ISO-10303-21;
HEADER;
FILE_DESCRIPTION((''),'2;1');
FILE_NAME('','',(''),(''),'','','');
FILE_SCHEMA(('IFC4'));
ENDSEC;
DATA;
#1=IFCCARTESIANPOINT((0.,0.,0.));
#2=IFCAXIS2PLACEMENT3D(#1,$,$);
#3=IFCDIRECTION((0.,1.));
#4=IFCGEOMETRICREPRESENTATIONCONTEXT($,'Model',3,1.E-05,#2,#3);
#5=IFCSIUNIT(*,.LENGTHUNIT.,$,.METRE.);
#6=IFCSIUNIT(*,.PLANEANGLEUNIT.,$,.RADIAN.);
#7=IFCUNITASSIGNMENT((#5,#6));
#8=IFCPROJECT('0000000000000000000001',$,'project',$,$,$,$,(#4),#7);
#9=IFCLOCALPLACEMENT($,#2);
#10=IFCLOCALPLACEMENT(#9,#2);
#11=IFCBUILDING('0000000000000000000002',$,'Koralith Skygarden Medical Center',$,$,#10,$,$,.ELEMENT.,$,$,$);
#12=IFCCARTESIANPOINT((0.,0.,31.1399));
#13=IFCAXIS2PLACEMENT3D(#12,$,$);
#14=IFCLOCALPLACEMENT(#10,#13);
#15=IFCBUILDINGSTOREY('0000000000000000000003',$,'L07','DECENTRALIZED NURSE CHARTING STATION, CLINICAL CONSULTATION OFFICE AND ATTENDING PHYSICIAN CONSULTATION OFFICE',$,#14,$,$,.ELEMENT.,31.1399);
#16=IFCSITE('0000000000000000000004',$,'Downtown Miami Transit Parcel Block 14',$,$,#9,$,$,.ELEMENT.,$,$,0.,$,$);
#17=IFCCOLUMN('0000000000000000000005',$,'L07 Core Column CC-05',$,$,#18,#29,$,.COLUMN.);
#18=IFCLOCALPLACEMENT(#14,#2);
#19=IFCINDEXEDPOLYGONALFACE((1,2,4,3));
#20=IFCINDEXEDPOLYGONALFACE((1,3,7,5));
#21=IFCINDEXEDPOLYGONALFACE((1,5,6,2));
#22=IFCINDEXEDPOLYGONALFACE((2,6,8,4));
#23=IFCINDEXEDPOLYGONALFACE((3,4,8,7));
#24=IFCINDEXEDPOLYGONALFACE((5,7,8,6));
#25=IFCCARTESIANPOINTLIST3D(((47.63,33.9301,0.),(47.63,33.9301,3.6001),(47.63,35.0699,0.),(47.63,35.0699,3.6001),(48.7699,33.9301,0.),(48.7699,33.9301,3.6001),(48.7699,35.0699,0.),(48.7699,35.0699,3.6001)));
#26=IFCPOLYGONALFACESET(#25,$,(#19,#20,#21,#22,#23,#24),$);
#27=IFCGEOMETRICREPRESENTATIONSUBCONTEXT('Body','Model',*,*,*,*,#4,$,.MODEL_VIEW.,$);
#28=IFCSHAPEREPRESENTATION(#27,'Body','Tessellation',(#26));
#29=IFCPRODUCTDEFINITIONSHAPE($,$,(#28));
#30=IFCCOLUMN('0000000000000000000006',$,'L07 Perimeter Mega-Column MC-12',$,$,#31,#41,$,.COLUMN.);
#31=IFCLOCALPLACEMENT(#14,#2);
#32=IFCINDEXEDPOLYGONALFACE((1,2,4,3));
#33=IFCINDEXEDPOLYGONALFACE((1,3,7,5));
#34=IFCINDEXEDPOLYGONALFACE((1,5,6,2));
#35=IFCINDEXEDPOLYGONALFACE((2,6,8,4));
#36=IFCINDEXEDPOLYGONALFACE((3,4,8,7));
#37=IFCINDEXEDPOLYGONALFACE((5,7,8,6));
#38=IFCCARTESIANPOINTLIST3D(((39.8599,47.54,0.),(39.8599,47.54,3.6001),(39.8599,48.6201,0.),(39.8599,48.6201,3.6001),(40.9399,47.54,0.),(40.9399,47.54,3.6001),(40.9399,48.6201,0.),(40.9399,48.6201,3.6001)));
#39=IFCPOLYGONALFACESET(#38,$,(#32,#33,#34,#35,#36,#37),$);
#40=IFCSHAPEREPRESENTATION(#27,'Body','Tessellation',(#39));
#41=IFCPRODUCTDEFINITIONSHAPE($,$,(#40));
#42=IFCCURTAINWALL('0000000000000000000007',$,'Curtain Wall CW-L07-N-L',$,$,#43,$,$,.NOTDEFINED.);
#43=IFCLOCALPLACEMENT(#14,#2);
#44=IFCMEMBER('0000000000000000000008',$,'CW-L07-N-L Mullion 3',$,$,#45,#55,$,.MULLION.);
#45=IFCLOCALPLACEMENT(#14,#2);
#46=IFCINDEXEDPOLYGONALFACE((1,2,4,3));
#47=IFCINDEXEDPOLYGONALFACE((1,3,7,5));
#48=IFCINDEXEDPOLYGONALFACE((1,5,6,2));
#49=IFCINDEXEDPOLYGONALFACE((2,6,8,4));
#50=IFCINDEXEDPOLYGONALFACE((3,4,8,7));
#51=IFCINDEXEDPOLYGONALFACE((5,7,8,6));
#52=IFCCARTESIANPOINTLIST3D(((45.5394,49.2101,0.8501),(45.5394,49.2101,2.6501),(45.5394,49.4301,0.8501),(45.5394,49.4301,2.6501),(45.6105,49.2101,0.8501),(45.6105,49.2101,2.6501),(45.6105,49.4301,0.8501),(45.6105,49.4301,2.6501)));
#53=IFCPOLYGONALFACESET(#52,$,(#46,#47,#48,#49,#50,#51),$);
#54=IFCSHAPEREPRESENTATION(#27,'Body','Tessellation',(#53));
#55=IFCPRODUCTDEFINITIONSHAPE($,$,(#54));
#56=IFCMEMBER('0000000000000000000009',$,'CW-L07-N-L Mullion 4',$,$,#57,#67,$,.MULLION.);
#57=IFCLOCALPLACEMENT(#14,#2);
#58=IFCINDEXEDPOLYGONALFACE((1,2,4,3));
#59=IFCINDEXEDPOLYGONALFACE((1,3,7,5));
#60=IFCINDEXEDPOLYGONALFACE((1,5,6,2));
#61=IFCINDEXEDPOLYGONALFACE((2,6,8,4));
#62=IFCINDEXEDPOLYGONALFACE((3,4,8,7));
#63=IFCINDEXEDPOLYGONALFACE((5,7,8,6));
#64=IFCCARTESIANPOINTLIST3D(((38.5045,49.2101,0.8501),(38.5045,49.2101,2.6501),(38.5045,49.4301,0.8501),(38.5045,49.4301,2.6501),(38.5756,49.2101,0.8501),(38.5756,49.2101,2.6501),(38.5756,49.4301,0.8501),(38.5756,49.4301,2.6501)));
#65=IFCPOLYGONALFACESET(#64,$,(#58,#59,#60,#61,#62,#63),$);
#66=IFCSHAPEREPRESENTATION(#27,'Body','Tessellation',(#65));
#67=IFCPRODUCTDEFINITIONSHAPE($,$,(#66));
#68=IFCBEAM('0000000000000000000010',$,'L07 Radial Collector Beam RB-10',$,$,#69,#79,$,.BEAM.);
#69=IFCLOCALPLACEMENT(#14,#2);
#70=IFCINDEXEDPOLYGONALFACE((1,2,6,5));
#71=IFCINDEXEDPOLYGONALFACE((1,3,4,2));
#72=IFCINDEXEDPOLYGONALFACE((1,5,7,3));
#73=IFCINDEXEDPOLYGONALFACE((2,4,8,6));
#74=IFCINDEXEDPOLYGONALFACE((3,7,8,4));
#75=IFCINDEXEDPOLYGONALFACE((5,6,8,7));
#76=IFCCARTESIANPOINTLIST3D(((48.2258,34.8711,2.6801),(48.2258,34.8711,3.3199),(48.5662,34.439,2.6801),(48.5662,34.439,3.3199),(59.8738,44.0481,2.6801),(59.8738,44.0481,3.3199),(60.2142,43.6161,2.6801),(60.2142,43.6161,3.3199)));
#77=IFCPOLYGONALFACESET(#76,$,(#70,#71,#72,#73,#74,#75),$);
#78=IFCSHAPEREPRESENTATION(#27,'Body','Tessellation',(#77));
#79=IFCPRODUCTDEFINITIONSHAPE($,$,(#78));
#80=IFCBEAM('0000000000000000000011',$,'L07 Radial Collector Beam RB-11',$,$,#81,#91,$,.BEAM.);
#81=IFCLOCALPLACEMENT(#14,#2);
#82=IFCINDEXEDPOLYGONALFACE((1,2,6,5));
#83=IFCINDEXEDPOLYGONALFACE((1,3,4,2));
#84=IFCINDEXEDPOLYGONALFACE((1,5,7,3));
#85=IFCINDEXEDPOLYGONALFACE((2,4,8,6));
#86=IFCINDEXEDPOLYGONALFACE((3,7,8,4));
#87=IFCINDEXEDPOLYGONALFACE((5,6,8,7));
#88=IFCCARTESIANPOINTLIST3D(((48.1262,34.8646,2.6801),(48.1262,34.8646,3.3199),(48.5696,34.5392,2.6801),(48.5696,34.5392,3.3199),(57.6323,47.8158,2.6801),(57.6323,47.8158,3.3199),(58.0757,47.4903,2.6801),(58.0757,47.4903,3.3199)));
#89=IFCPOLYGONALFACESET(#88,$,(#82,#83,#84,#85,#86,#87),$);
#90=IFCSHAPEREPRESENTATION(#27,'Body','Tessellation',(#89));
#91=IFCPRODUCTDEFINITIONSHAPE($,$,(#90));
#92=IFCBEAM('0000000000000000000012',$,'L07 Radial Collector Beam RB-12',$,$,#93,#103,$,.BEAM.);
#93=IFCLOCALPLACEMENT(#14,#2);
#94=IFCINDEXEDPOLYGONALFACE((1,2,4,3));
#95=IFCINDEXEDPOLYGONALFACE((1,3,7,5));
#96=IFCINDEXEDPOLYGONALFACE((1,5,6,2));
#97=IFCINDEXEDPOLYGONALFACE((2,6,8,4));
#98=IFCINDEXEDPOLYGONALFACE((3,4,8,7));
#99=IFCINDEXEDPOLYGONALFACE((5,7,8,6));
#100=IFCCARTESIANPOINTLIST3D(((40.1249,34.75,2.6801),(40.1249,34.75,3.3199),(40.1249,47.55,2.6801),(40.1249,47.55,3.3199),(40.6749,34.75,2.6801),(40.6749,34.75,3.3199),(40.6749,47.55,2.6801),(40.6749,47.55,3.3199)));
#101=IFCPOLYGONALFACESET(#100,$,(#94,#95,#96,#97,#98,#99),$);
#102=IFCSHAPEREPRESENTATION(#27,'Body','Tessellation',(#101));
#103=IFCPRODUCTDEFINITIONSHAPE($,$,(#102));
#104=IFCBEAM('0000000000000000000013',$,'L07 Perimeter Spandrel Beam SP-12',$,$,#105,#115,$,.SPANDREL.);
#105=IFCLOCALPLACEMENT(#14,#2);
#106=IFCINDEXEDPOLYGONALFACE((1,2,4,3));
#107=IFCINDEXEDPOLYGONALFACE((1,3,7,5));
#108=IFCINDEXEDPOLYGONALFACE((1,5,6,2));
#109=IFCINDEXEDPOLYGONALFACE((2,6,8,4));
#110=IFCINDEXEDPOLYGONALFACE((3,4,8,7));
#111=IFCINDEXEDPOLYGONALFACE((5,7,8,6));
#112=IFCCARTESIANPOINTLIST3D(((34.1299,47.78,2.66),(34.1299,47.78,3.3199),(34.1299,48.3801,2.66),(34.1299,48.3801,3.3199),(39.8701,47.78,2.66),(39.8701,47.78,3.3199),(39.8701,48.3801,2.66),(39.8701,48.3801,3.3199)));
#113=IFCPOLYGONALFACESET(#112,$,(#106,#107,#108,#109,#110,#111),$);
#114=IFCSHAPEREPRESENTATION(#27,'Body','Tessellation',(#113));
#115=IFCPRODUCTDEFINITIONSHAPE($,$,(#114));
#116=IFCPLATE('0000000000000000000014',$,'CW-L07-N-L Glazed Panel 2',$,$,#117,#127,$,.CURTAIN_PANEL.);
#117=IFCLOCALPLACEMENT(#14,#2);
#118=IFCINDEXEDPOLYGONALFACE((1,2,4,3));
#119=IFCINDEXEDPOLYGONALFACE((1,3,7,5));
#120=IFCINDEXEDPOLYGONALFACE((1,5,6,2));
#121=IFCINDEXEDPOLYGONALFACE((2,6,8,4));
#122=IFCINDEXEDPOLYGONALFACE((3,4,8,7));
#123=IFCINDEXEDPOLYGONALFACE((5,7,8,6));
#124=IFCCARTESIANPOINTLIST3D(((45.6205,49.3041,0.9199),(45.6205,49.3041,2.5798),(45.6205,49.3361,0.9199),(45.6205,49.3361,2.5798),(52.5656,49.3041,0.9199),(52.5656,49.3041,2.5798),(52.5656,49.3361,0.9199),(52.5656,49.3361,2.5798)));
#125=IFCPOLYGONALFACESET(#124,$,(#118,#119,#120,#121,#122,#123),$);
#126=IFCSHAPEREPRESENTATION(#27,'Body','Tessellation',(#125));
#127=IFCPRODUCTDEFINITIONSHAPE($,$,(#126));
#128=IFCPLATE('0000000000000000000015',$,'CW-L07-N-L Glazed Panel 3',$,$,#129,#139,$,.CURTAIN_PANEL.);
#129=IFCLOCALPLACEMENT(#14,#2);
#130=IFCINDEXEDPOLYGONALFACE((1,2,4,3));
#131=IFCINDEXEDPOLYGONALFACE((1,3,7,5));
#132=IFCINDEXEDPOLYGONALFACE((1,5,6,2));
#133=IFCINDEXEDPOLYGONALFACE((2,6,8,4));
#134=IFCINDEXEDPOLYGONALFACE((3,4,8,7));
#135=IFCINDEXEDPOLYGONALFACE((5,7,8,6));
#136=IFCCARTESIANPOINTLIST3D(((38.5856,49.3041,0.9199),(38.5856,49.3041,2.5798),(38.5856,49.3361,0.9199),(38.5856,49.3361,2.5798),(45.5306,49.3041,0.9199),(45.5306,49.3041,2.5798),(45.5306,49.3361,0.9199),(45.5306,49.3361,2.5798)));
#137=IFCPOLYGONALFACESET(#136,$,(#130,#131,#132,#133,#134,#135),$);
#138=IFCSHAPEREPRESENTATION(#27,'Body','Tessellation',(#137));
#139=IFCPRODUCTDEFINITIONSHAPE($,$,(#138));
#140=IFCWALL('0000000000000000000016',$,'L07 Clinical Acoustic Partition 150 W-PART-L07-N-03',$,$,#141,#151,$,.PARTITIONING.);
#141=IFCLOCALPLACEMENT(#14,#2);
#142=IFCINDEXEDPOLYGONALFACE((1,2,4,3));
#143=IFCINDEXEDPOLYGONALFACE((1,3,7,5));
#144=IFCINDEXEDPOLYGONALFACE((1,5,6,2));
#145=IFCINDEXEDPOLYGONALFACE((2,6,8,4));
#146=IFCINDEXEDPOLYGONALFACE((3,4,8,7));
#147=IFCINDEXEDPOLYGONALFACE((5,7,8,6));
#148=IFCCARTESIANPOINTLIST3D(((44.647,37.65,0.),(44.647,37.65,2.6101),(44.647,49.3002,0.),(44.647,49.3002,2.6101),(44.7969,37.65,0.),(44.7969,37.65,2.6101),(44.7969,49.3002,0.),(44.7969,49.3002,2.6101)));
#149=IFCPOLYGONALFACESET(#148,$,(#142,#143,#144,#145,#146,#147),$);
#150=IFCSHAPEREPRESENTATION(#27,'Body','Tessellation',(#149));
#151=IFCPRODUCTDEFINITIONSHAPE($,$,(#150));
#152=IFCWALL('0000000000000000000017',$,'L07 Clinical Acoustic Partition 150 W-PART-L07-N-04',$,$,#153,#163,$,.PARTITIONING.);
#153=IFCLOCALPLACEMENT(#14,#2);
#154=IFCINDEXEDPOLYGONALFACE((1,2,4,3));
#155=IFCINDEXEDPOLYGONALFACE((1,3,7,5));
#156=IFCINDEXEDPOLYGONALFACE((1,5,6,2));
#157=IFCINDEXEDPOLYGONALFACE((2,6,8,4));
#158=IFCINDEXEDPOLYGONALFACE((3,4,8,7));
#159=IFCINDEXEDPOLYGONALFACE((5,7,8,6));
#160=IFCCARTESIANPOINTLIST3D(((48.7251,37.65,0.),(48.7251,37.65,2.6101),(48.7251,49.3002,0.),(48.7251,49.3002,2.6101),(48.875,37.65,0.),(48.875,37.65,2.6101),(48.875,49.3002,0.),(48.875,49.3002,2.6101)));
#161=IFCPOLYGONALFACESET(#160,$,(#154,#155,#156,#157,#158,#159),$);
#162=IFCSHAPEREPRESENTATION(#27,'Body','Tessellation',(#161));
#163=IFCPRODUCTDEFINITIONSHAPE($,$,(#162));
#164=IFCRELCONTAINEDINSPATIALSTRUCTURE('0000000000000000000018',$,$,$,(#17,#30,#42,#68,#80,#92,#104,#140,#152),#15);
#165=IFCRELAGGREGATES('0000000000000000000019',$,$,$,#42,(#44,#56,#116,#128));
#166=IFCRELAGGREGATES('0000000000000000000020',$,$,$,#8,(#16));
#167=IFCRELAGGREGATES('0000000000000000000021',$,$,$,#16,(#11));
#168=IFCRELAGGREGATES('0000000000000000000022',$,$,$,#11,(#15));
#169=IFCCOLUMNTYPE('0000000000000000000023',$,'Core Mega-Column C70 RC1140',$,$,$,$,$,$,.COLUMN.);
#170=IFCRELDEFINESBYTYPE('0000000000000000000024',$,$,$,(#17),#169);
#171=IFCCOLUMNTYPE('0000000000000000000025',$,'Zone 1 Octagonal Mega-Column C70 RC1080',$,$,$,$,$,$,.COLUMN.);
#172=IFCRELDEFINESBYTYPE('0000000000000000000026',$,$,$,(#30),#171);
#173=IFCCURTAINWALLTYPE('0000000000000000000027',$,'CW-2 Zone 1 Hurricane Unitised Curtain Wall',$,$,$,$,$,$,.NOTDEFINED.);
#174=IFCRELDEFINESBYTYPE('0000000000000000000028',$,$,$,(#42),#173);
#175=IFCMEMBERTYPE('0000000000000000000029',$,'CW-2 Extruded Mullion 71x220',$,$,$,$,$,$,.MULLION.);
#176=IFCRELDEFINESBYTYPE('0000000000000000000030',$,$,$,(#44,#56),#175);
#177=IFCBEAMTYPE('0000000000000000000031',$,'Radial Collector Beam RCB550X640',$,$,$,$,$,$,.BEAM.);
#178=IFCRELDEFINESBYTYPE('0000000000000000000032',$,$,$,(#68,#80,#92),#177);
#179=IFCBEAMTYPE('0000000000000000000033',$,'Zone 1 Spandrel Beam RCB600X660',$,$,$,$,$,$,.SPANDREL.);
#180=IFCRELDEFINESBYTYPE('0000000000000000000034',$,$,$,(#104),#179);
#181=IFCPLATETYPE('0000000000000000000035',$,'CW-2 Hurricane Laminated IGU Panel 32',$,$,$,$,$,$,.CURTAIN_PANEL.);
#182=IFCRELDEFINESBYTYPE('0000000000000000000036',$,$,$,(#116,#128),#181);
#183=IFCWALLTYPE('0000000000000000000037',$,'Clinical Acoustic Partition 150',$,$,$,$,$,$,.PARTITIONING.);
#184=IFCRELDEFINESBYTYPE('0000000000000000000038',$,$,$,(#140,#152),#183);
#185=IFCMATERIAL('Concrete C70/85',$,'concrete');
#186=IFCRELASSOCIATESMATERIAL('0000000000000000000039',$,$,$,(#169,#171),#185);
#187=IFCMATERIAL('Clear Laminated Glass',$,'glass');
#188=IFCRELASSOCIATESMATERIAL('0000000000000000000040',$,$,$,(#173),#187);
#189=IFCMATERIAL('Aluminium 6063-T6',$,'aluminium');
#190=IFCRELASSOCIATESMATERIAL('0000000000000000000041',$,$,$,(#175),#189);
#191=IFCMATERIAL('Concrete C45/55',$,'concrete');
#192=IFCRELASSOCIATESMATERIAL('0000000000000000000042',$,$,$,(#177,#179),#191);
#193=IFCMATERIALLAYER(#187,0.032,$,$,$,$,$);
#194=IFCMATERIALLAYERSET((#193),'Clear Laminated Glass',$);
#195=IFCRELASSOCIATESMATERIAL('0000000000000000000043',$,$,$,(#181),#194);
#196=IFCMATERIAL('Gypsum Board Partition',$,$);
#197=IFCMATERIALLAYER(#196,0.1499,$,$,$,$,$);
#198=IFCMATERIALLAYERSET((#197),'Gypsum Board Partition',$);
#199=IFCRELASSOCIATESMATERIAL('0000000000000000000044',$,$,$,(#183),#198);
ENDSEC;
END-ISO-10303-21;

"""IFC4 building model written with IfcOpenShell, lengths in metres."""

from ifc_helpers import new_model, si_unit, direction, frame, frame_2d, origin, origin_2d, place, context, subcontext, project, spatial, rectangle, extrude, material, layer, layer_set, material_profile, profile_set, type_object, element, aggregate, save


model = new_model("IFC4")

# Units and contexts
model_context = context("Model", 3, precision=1e-05, world=origin(), true_north=direction((0.0, 1.0)))
body_context = subcontext(model_context, "Body", "Model", "MODEL_VIEW")
ifc_project = project(units=[si_unit("LENGTHUNIT", "METRE"), si_unit("PLANEANGLEUNIT", "RADIAN")], contexts=[model_context])

# Site, building, storey
site_placement = place(None, origin())
site = spatial("IfcSite", under=ifc_project, at=site_placement, Name="Downtown Miami Transit Parcel Block 14", CompositionType="ELEMENT", RefElevation=0.0)
building_placement = place(site_placement, origin())
building = spatial("IfcBuilding", under=site, at=building_placement, Name="Koralith Skygarden Medical Center", CompositionType="ELEMENT")
storey_placement = place(building_placement, frame((0.0, 0.0, 31.1399)))
storey = spatial("IfcBuildingStorey", under=building, at=storey_placement, Name="L07", Description="DECENTRALIZED NURSE CHARTING STATION, CLINICAL CONSULTATION OFFICE AND ATTENDING PHYSICIAN CONSULTATION OFFICE", CompositionType="ELEMENT", Elevation=31.1399)

# Columns
ifc_material_1 = material(Name="Concrete C70/85", Category="concrete")
ifc_material_profile_1 = material_profile(ifc_material_1, rectangle(XDim=1.1399, YDim=1.1399, at=origin_2d()), Name="RC1140X1140")
ifc_profile_set_1 = profile_set([ifc_material_profile_1], Name="Concrete C70/85")
column_type_1 = type_object("IfcColumnType", Name="Core Mega-Column C70 RC1140", PredefinedType="COLUMN", material=ifc_profile_set_1)
column_1_placement = place(storey_placement, frame((48.2, 34.5, 0.0), z_axis=(0.0, 0.0, 1.0), x_axis=(1.0, 0.0, 0.0)))
element("IfcColumn", 1, at=column_1_placement, inside=storey, type_object=column_type_1, Name="L07 Core Column CC-05", PredefinedType="COLUMN", context=body_context, shape_type="SweptSolid", body=[
    extrude(rectangle(XDim=1.1399, YDim=1.1399, at=origin_2d()), origin(), (0.0, 0.0, 1.0), 3.6001),
])
ifc_material_profile_2 = material_profile(ifc_material_1, rectangle(XDim=1.0801, YDim=1.0801, at=origin_2d()), Name="RC1080X1080")
ifc_profile_set_2 = profile_set([ifc_material_profile_2], Name="Concrete C70/85")
column_type_2 = type_object("IfcColumnType", Name="Zone 1 Octagonal Mega-Column C70 RC1080", PredefinedType="COLUMN", material=ifc_profile_set_2)
column_2_placement = place(storey_placement, frame((40.3999, 48.0801, 0.0), z_axis=(0.0, 0.0, 1.0), x_axis=(1.0, 0.0, 0.0)))
element("IfcColumn", 2, at=column_2_placement, inside=storey, type_object=column_type_2, Name="L07 Perimeter Mega-Column MC-12", PredefinedType="COLUMN", context=body_context, shape_type="SweptSolid", body=[
    extrude(rectangle(XDim=1.0801, YDim=1.0801, at=origin_2d()), origin(), (0.0, 0.0, 1.0), 3.6001),
])

# Curtain wall, members
ifc_material_2 = material(Name="Clear Laminated Glass", Category="glass")
curtain_wall_type = type_object("IfcCurtainWallType", Name="CW-2 Zone 1 Hurricane Unitised Curtain Wall", PredefinedType="NOTDEFINED", material=ifc_material_2)
curtain_wall_placement = place(storey_placement, origin())
curtain_wall = element("IfcCurtainWall", 3, at=curtain_wall_placement, inside=storey, type_object=curtain_wall_type, Name="Curtain Wall CW-L07-N-L", PredefinedType="NOTDEFINED")
ifc_material_3 = material(Name="Aluminium 6063-T6", Category="aluminium")
ifc_material_profile_3 = material_profile(ifc_material_3, rectangle(XDim=0.071, YDim=0.22, at=origin_2d()), Name="MUL71X220")
ifc_profile_set_3 = profile_set([ifc_material_profile_3], Name="Aluminium 6063-T6")
member_type = type_object("IfcMemberType", Name="CW-2 Extruded Mullion 71x220", PredefinedType="MULLION", material=ifc_profile_set_3)
member_1_placement = place(storey_placement, frame((45.575, 49.3201, 0.8501), z_axis=(0.0, 0.0, 1.0), x_axis=(1.0, 0.0, 0.0)))
member_1 = element("IfcMember", 4, at=member_1_placement, type_object=member_type, Name="CW-L07-N-L Mullion 3", PredefinedType="MULLION", context=body_context, shape_type="SweptSolid", body=[
    extrude(rectangle(XDim=0.071, YDim=0.22, at=origin_2d()), origin(), (0.0, 0.0, 1.0), 1.8),
])
member_2_placement = place(storey_placement, frame((38.54, 49.3201, 0.8501), z_axis=(0.0, 0.0, 1.0), x_axis=(1.0, 0.0, 0.0)))
member_2 = element("IfcMember", 5, at=member_2_placement, type_object=member_type, Name="CW-L07-N-L Mullion 4", PredefinedType="MULLION", context=body_context, shape_type="SweptSolid", body=[
    extrude(rectangle(XDim=0.071, YDim=0.22, at=origin_2d()), origin(), (0.0, 0.0, 1.0), 1.8),
])

# Beams
ifc_material_4 = material(Name="Concrete C45/55", Category="concrete")
ifc_material_profile_4 = material_profile(ifc_material_4, rectangle(XDim=0.55, YDim=0.6399, at=origin_2d()), Name="RCB550X640")
ifc_profile_set_4 = profile_set([ifc_material_profile_4], Name="Concrete C45/55")
beam_type_1 = type_object("IfcBeamType", Name="Radial Collector Beam RCB550X640", PredefinedType="BEAM", material=ifc_profile_set_4)
beam_1_placement = place(storey_placement, frame((48.396, 34.655, 3.0), z_axis=(0.785497, 0.618865, 0.0), x_axis=(-0.618865, 0.785497, 0.0)))
element("IfcBeam", 6, at=beam_1_placement, inside=storey, type_object=beam_type_1, Name="L07 Radial Collector Beam RB-10", PredefinedType="BEAM", context=body_context, shape_type="SweptSolid", body=[
    extrude(rectangle(XDim=0.55, YDim=0.6399, at=origin_2d()), origin(), (0.0, 0.0, 1.0), 14.8289),
])
beam_2_placement = place(storey_placement, frame((48.3479, 34.7019, 3.0), z_axis=(0.591711, 0.80615, 0.0), x_axis=(-0.80615, 0.591711, 0.0)))
element("IfcBeam", 7, at=beam_2_placement, inside=storey, type_object=beam_type_1, Name="L07 Radial Collector Beam RB-11", PredefinedType="BEAM", context=body_context, shape_type="SweptSolid", body=[
    extrude(rectangle(XDim=0.55, YDim=0.6399, at=origin_2d()), origin(), (0.0, 0.0, 1.0), 16.0654),
])
beam_3_placement = place(storey_placement, frame((40.3999, 34.75, 3.0), z_axis=(0.0, 1.0, 0.0), x_axis=(-1.0, 0.0, 0.0)))
element("IfcBeam", 8, at=beam_3_placement, inside=storey, type_object=beam_type_1, Name="L07 Radial Collector Beam RB-12", PredefinedType="BEAM", context=body_context, shape_type="SweptSolid", body=[
    extrude(rectangle(XDim=0.55, YDim=0.6399, at=origin_2d()), origin(), (0.0, 0.0, 1.0), 12.8),
])
ifc_material_profile_5 = material_profile(ifc_material_4, rectangle(XDim=0.6001, YDim=0.6599, at=origin_2d()), Name="RCB600X660")
ifc_profile_set_5 = profile_set([ifc_material_profile_5], Name="Concrete C45/55")
beam_type_2 = type_object("IfcBeamType", Name="Zone 1 Spandrel Beam RCB600X660", PredefinedType="SPANDREL", material=ifc_profile_set_5)
beam_4_placement = place(storey_placement, frame((39.8701, 48.0801, 2.99), z_axis=(-1.0, 0.0, 0.0), x_axis=(0.0, -1.0, 0.0)))
element("IfcBeam", 9, at=beam_4_placement, inside=storey, type_object=beam_type_2, Name="L07 Perimeter Spandrel Beam SP-12", PredefinedType="SPANDREL", context=body_context, shape_type="SweptSolid", body=[
    extrude(rectangle(XDim=0.6001, YDim=0.6599, at=origin_2d()), origin(), (0.0, 0.0, 1.0), 5.7402),
])

# Plates
ifc_layer_1 = layer(ifc_material_2, 0.032)
ifc_layer_set_1 = layer_set([ifc_layer_1], Name="Clear Laminated Glass")
plate_type = type_object("IfcPlateType", Name="CW-2 Hurricane Laminated IGU Panel 32", PredefinedType="CURTAIN_PANEL", material=ifc_layer_set_1)
plate_1_placement = place(storey_placement, frame((49.093, 49.3201, 0.9199), z_axis=(0.0, 0.0, 1.0), x_axis=(-1.0, 0.0, 0.0)))
plate_1 = element("IfcPlate", 10, at=plate_1_placement, type_object=plate_type, Name="CW-L07-N-L Glazed Panel 2", PredefinedType="CURTAIN_PANEL", context=body_context, shape_type="SweptSolid", body=[
    extrude(rectangle(XDim=6.9451, YDim=0.032, at=origin_2d()), origin(), (0.0, 0.0, 1.0), 1.6599),
])
plate_2_placement = place(storey_placement, frame((42.0581, 49.3201, 0.9199), z_axis=(0.0, 0.0, 1.0), x_axis=(-1.0, 0.0, 0.0)))
plate_2 = element("IfcPlate", 11, at=plate_2_placement, type_object=plate_type, Name="CW-L07-N-L Glazed Panel 3", PredefinedType="CURTAIN_PANEL", context=body_context, shape_type="SweptSolid", body=[
    extrude(rectangle(XDim=6.9451, YDim=0.032, at=origin_2d()), origin(), (0.0, 0.0, 1.0), 1.6599),
])
aggregate(curtain_wall, [member_1, member_2, plate_1, plate_2])

# Walls
ifc_material_5 = material(Name="Gypsum Board Partition")
ifc_layer_2 = layer(ifc_material_5, 0.1499)
ifc_layer_set_2 = layer_set([ifc_layer_2], Name="Gypsum Board Partition")
wall_type_1 = type_object("IfcWallType", Name="Clinical Acoustic Partition 150", PredefinedType="PARTITIONING", material=ifc_layer_set_2)
for number, where, z_axis, x_axis, name in (
    (12, (44.7219, 37.6499, 0.0), (0.0, 0.0, 1.0), (0.0, 1.0, 0.0), "L07 Clinical Acoustic Partition 150 W-PART-L07-N-03"),
    (13, (48.8, 37.6499, 0.0), (0.0, 0.0, 1.0), (0.0, 1.0, 0.0), "L07 Clinical Acoustic Partition 150 W-PART-L07-N-04"),
):
    element("IfcWall", number, at=place(storey_placement, frame(where, z_axis=z_axis, x_axis=x_axis)), inside=storey, type_object=wall_type_1, Name=name, PredefinedType="PARTITIONING", context=body_context, shape_type="SweptSolid", body=[
        extrude(rectangle(XDim=11.6501, YDim=0.1499, at=frame_2d((5.8252, 0.0))), origin(), (0.0, 0.0, 1.0), 2.6101),
    ])

save(model, "model.ifc")
